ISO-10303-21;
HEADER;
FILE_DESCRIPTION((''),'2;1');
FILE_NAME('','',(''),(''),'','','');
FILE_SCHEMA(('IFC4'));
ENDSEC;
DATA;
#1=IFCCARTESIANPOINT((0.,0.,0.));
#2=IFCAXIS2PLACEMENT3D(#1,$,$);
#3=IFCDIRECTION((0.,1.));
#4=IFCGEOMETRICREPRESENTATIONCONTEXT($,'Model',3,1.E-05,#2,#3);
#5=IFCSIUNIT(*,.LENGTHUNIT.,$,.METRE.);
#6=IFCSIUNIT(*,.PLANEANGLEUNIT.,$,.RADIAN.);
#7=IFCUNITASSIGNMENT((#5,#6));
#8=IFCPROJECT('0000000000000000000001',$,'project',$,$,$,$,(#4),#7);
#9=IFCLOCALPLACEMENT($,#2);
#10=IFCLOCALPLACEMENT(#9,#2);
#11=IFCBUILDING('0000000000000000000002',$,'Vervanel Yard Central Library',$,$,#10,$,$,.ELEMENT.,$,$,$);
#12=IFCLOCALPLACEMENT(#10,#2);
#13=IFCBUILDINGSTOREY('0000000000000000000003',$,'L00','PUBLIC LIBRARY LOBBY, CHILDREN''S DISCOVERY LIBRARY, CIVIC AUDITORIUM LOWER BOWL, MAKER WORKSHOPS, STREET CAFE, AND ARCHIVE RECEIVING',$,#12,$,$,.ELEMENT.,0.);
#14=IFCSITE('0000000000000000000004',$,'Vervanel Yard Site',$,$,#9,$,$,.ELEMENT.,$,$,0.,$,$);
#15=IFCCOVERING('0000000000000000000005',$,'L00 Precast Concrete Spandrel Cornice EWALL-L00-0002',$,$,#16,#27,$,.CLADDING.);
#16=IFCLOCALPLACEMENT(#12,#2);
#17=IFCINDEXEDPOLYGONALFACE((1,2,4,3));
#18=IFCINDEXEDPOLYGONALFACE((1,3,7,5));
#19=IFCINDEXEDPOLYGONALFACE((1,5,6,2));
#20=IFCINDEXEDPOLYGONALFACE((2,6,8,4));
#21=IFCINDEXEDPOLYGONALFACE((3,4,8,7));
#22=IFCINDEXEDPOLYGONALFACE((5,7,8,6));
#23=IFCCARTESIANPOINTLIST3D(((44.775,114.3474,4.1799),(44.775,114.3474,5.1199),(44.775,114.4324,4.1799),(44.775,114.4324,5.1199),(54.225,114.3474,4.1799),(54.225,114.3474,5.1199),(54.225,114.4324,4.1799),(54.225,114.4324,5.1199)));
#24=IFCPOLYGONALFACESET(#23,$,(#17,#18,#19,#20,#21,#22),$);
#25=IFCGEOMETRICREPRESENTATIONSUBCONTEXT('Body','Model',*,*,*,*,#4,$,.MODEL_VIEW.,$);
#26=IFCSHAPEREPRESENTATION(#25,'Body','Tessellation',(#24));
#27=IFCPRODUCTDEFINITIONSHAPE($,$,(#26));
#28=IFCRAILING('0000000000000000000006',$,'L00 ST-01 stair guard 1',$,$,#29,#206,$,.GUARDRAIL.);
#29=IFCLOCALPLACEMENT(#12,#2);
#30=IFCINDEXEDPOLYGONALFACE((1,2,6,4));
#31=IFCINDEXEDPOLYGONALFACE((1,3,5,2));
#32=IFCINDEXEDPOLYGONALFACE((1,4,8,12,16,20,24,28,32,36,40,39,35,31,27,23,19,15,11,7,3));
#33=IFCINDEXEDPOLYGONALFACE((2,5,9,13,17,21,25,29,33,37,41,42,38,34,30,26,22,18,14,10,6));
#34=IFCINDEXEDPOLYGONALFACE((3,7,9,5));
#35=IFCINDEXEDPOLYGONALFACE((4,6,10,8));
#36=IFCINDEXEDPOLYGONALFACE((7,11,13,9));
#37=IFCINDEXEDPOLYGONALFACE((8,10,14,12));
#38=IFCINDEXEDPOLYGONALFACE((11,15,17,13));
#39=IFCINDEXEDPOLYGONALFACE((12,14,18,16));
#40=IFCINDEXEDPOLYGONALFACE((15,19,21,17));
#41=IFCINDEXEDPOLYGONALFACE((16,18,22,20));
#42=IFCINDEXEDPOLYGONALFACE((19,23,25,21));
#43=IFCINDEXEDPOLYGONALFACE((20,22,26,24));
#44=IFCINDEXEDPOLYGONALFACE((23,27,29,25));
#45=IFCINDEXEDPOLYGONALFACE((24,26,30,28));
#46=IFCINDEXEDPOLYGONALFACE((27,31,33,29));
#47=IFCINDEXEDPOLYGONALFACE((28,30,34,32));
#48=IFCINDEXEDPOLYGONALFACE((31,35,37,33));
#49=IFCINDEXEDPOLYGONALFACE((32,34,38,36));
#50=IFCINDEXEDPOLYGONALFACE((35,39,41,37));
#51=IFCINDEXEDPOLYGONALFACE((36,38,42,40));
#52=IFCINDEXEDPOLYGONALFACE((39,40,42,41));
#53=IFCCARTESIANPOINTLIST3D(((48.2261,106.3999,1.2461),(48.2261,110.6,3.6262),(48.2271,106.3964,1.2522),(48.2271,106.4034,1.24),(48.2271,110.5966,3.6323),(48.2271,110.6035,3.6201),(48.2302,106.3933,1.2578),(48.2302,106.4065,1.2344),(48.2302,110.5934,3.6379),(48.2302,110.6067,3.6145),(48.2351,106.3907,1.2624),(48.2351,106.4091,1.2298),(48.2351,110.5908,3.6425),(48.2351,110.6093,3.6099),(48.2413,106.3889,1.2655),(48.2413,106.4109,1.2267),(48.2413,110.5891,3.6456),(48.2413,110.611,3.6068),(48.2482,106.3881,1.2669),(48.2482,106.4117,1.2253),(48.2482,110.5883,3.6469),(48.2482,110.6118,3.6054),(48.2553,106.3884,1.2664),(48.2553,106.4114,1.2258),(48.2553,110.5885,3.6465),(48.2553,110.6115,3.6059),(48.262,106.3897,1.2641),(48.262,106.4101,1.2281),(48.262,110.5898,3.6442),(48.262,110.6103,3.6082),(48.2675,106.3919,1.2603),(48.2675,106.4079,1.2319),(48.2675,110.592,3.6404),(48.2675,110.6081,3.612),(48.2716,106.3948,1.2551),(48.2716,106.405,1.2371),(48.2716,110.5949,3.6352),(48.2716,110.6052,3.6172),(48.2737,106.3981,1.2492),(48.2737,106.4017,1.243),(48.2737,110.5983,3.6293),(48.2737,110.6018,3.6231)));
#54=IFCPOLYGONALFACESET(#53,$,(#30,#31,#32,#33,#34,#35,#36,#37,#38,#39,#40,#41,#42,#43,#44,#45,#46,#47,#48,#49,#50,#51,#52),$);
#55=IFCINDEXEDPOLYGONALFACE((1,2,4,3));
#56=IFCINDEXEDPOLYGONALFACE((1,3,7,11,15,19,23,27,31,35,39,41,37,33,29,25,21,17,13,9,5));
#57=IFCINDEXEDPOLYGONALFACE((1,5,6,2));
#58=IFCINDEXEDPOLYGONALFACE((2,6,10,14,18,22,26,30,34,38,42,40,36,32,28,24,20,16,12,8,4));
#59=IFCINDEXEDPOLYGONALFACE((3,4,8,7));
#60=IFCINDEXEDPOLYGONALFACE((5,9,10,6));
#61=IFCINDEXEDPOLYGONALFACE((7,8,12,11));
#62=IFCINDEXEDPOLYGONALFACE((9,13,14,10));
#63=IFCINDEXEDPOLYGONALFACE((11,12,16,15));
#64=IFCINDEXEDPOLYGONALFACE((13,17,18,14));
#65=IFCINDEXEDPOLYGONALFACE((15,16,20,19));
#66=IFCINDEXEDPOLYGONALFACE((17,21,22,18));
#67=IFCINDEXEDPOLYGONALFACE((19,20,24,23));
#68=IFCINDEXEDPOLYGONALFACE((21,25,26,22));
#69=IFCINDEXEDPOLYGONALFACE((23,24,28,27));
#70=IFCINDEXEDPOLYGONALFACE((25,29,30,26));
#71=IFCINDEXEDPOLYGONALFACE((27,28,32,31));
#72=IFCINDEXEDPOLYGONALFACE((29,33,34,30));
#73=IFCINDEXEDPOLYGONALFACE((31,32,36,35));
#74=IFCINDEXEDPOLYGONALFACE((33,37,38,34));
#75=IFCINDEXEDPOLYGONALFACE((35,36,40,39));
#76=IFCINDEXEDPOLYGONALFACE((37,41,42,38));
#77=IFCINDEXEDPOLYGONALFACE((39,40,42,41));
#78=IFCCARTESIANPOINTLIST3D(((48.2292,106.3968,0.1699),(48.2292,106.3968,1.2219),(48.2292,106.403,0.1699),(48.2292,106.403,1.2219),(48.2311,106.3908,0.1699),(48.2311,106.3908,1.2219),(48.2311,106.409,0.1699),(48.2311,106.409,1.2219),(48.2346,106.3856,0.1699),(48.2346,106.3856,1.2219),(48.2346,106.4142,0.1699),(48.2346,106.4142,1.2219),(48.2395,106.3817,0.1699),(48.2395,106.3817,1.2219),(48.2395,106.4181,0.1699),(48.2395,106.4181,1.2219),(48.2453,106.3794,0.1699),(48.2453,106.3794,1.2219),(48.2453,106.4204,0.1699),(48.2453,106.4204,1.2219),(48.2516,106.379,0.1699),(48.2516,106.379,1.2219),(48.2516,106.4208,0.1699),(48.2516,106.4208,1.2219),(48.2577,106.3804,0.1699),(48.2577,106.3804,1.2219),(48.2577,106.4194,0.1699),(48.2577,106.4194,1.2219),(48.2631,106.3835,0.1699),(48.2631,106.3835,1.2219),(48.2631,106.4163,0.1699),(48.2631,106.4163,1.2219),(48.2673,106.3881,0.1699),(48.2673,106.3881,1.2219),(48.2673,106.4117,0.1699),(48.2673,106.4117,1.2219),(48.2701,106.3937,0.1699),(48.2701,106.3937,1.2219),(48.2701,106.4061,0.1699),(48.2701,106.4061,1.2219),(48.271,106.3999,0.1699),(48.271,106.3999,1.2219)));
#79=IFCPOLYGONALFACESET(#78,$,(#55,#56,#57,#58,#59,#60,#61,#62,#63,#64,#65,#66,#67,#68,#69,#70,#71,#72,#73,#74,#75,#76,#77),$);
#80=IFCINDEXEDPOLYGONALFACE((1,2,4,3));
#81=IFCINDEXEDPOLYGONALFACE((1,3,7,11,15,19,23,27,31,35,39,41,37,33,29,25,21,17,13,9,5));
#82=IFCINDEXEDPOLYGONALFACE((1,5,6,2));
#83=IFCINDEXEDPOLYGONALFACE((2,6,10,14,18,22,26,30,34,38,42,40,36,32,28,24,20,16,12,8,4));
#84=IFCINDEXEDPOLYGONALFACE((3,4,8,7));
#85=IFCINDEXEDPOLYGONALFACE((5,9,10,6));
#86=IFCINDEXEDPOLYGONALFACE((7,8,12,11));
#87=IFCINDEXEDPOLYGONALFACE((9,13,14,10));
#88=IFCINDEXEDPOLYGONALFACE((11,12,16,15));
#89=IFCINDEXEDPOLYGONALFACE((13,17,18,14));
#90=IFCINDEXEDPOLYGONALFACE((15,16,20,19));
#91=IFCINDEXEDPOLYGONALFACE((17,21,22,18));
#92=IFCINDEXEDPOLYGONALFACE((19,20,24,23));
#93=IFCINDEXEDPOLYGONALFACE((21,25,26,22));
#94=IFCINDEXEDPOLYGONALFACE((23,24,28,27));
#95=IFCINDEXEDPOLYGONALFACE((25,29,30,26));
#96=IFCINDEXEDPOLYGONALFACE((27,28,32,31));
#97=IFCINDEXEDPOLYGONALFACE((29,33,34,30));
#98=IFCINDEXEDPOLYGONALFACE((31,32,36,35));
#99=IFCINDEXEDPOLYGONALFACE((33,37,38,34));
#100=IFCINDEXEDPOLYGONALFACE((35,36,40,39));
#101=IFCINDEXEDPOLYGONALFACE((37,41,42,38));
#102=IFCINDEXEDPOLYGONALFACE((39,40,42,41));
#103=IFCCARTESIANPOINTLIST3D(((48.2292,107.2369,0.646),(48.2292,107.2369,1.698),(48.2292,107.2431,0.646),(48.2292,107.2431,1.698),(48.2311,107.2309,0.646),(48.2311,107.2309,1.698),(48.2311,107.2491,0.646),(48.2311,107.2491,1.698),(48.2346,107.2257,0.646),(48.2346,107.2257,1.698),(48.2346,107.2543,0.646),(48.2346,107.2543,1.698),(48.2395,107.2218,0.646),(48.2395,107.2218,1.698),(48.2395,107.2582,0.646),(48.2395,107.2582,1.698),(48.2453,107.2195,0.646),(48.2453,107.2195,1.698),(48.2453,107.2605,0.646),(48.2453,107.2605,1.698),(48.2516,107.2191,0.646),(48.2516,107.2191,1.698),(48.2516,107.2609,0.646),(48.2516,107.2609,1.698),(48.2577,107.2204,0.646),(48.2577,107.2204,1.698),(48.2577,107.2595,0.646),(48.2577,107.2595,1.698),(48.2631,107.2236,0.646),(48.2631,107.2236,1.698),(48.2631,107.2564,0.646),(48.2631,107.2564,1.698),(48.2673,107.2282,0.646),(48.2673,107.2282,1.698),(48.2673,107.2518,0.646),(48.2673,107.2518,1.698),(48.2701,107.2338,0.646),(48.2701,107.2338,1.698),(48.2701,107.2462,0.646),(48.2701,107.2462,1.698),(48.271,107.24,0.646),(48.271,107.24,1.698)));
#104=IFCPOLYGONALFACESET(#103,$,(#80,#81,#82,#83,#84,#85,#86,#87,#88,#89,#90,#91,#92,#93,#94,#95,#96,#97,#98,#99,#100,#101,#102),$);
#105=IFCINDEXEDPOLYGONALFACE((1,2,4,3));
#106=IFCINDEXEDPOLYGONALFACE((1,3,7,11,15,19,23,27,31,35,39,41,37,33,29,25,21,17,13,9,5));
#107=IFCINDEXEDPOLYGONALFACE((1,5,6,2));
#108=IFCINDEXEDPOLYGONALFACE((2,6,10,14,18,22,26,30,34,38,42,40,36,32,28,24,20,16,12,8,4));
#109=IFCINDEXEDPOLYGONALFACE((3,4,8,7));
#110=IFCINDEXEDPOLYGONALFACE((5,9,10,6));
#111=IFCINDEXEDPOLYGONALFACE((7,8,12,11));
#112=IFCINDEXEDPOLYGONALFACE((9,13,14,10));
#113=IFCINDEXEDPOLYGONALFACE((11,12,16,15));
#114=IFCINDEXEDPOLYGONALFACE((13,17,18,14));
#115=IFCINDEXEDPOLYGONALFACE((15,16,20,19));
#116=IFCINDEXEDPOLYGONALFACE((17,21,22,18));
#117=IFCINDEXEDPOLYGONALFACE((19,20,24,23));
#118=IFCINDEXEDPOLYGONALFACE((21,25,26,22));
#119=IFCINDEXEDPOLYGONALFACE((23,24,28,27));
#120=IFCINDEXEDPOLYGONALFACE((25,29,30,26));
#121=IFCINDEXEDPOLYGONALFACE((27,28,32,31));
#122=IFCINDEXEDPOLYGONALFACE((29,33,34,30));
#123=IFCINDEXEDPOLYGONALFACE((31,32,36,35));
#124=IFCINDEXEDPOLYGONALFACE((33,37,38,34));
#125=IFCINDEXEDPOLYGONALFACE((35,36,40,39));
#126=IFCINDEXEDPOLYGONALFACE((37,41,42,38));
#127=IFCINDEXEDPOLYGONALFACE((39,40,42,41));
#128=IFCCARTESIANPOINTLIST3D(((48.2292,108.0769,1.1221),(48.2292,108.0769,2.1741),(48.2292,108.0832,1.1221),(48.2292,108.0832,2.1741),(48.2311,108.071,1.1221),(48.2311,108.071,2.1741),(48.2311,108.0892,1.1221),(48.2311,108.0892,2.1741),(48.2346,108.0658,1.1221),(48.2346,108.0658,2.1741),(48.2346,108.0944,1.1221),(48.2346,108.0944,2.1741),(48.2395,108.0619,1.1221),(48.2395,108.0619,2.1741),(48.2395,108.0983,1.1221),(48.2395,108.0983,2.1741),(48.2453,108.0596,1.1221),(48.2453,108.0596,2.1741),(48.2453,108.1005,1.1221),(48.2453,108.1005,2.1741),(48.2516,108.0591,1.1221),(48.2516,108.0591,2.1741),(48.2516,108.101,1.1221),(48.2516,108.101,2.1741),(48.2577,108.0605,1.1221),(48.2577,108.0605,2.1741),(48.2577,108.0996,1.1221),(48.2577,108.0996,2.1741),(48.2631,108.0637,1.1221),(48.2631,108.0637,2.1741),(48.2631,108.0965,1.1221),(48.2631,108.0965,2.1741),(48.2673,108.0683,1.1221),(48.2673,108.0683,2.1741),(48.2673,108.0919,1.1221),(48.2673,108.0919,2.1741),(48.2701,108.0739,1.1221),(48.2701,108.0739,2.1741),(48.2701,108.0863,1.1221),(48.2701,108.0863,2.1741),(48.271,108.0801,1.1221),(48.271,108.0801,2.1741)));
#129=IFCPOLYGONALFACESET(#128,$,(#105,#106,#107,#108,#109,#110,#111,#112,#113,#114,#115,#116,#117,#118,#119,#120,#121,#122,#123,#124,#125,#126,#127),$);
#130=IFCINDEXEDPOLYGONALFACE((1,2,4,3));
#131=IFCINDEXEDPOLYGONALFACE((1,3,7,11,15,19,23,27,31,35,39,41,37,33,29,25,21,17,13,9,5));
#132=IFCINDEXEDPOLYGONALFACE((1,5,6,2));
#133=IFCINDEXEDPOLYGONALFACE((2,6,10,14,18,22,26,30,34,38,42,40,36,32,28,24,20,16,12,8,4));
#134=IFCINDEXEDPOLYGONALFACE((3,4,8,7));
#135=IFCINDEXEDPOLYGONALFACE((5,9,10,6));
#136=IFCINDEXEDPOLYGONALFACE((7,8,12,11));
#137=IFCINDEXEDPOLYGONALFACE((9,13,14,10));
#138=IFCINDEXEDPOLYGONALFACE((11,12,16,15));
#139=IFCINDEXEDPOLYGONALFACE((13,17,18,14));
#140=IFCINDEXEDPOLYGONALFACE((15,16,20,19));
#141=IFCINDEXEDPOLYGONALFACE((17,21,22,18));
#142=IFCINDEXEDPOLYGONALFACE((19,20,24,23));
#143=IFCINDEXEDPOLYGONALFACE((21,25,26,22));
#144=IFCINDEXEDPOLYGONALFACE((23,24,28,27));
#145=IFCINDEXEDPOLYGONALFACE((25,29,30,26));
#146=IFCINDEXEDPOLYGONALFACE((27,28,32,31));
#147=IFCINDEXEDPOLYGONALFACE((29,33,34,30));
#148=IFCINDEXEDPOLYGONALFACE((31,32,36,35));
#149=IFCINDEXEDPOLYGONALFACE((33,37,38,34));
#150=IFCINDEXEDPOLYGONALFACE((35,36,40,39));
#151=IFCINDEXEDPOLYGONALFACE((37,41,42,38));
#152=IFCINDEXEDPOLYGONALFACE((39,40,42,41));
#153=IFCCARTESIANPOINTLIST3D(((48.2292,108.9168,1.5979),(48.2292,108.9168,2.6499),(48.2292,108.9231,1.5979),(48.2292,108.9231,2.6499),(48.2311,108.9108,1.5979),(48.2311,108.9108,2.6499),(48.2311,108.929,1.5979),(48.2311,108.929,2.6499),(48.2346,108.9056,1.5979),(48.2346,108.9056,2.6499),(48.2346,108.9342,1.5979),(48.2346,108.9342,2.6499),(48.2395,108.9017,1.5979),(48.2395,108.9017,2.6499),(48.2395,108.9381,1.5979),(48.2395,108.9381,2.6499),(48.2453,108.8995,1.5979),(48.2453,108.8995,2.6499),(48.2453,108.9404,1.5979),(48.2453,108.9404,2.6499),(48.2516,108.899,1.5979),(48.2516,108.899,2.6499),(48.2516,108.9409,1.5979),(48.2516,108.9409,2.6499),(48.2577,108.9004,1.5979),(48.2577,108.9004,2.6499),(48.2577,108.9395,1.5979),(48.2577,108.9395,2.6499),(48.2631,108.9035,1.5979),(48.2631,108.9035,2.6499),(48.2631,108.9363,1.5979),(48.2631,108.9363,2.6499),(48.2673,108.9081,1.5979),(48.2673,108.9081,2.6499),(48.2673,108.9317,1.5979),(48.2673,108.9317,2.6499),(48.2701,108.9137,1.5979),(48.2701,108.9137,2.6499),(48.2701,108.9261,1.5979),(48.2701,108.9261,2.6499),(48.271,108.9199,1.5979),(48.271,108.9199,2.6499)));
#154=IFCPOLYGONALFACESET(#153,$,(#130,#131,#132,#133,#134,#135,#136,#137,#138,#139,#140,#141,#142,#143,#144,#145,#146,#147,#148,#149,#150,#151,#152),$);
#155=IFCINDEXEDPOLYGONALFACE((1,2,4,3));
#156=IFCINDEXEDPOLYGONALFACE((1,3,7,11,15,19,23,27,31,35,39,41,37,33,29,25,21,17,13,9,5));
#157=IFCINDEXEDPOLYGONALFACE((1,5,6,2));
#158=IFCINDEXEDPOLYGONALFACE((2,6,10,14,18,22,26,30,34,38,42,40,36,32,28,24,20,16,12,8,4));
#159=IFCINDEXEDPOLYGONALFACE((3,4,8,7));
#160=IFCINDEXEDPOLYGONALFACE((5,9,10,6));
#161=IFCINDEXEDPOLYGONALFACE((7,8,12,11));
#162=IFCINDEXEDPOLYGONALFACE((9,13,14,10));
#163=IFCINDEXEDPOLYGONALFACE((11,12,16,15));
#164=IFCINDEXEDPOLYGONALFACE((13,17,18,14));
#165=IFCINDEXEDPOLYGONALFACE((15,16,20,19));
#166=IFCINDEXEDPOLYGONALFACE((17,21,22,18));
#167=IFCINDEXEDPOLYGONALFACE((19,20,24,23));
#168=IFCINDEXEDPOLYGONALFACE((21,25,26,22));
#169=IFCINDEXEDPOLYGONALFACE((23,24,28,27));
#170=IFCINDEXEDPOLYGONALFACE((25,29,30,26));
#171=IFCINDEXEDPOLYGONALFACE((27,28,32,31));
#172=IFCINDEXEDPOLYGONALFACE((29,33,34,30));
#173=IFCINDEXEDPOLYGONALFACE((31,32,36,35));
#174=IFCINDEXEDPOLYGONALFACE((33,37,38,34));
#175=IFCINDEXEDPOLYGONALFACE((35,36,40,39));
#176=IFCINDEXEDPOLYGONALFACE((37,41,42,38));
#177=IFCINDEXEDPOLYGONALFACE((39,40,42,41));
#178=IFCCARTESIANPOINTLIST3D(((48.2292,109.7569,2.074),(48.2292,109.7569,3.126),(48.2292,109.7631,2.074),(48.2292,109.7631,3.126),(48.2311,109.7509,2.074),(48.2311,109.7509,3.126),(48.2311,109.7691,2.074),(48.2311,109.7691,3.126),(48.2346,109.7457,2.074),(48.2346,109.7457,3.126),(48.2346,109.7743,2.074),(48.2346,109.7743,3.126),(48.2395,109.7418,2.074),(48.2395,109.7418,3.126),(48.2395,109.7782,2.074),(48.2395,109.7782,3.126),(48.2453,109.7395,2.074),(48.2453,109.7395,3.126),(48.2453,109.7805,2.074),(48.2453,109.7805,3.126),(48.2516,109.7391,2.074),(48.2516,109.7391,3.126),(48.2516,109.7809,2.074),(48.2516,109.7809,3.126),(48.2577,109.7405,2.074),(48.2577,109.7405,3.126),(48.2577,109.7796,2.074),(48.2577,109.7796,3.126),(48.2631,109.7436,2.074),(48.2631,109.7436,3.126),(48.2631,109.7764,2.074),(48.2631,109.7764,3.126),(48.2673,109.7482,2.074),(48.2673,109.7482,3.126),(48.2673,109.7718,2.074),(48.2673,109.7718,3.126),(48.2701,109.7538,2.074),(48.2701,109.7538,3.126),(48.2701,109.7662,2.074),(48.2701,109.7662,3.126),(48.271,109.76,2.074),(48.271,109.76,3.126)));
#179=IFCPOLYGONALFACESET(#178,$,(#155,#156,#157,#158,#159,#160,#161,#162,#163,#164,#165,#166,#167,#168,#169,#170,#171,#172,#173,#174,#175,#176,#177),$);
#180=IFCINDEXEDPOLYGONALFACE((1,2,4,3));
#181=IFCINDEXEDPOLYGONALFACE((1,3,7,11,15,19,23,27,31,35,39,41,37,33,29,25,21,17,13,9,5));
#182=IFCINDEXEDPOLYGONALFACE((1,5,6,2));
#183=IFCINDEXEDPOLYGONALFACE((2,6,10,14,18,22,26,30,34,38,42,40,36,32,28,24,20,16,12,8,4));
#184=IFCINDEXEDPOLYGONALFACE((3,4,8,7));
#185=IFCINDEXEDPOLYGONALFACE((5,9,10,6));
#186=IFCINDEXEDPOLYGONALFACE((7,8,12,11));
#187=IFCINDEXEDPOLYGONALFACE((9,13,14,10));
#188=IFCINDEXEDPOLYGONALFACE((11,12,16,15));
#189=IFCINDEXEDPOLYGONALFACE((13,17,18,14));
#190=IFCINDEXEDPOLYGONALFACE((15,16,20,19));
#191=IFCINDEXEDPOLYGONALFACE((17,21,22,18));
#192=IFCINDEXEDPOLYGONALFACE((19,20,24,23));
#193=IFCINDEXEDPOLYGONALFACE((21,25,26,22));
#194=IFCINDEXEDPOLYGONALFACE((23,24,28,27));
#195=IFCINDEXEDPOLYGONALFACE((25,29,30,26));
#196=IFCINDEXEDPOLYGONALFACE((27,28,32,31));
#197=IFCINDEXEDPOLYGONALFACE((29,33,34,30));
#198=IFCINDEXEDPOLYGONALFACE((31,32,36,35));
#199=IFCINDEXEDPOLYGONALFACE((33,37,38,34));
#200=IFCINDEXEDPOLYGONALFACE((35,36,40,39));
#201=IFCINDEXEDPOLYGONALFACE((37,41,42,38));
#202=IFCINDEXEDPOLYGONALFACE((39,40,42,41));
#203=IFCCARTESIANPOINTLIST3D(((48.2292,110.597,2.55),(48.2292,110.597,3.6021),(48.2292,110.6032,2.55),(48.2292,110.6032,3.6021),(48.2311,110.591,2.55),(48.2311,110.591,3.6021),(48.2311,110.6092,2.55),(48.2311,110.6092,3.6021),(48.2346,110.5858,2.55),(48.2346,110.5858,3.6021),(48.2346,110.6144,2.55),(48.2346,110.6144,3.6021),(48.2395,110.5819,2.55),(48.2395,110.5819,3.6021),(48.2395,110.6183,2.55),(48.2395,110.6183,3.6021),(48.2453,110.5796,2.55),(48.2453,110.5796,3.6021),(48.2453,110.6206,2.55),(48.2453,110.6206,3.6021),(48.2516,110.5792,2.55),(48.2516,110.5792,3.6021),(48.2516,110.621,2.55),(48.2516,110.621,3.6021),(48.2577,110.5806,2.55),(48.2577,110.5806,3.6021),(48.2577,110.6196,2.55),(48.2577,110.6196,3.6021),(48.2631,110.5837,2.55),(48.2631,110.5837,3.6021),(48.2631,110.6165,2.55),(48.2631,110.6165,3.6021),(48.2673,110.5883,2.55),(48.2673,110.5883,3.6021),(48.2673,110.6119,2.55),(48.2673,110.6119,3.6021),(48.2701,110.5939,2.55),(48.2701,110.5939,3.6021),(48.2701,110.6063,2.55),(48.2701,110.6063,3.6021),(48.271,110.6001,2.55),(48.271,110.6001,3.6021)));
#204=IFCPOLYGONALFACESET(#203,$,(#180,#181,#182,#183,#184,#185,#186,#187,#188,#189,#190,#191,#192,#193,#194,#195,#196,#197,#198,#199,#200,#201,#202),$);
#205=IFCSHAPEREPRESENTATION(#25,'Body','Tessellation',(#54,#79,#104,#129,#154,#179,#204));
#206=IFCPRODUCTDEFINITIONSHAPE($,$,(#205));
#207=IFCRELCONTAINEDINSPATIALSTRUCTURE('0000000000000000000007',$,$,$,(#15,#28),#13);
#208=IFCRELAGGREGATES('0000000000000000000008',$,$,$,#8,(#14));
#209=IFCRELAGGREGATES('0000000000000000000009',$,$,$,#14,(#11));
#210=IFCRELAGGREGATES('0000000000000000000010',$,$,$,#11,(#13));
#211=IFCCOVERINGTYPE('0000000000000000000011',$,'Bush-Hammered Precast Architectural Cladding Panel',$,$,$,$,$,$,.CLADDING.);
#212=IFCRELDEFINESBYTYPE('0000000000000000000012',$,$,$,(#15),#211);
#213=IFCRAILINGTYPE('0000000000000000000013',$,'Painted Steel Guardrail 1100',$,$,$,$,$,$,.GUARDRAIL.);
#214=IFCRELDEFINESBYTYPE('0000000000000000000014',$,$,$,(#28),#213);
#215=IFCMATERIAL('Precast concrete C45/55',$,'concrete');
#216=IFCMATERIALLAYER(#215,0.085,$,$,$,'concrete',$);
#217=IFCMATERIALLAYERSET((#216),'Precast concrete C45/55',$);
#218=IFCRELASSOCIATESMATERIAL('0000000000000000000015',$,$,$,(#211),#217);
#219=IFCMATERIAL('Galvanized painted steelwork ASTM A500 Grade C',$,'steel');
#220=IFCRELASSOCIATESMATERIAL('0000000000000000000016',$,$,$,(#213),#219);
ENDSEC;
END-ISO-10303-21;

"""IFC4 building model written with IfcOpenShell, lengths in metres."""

from ifc_helpers import new_model, si_unit, direction, frame, origin, origin_2d, place, context, subcontext, project, spatial, rectangle, circle, extrude, material, layer, layer_set, type_object, element, save


model = new_model("IFC4")

# Units and contexts
model_context = context("Model", 3, precision=1e-05, world=origin(), true_north=direction((0.0, 1.0)))
body_context = subcontext(model_context, "Body", "Model", "MODEL_VIEW")
ifc_project = project(units=[si_unit("LENGTHUNIT", "METRE"), si_unit("PLANEANGLEUNIT", "RADIAN")], contexts=[model_context])

# Site, building, storey
site_placement = place(None, origin())
site = spatial("IfcSite", under=ifc_project, at=site_placement, Name="Vervanel Yard Site", CompositionType="ELEMENT", RefElevation=0.0)
building_placement = place(site_placement, origin())
building = spatial("IfcBuilding", under=site, at=building_placement, Name="Vervanel Yard Central Library", CompositionType="ELEMENT")
storey_placement = place(building_placement, origin())
storey = spatial("IfcBuildingStorey", under=building, at=storey_placement, Name="L00", Description="PUBLIC LIBRARY LOBBY, CHILDREN'S DISCOVERY LIBRARY, CIVIC AUDITORIUM LOWER BOWL, MAKER WORKSHOPS, STREET CAFE, AND ARCHIVE RECEIVING", CompositionType="ELEMENT", Elevation=0.0)

# Covering
ifc_material_1 = material(Name="Precast concrete C45/55", Category="concrete")
ifc_layer_1 = layer(ifc_material_1, 0.085, Category="concrete")
ifc_layer_set_1 = layer_set([ifc_layer_1], Name="Precast concrete C45/55")
covering_type = type_object("IfcCoveringType", Name="Bush-Hammered Precast Architectural Cladding Panel", PredefinedType="CLADDING", material=ifc_layer_set_1)
covering_1_placement = place(storey_placement, frame((49.5, 114.3899, 4.1799), z_axis=(0.0, 0.0, 1.0), x_axis=(1.0, 0.0, 0.0)))
element("IfcCovering", 1, at=covering_1_placement, inside=storey, type_object=covering_type, Name="L00 Precast Concrete Spandrel Cornice EWALL-L00-0002", PredefinedType="CLADDING", context=body_context, shape_type="SweptSolid", body=[
    extrude(rectangle(XDim=9.45, YDim=0.085, at=origin_2d()), origin(), (0.0, 0.0, 1.0), 0.9399),
])

# Railing
ifc_material_2 = material(Name="Galvanized painted steelwork ASTM A500 Grade C", Category="steel")
railing_type_1 = type_object("IfcRailingType", Name="Painted Steel Guardrail 1100", PredefinedType="GUARDRAIL", material=ifc_material_2)
railing_1_placement = place(storey_placement, frame((48.25, 106.3999, 0.1699)))
element("IfcRailing", 2, at=railing_1_placement, inside=storey, type_object=railing_type_1, Name="L00 ST-01 stair guard 1", PredefinedType="GUARDRAIL", context=body_context, shape_type="SweptSolid", body=[
    extrude(circle(Radius=0.0239, at=origin_2d()), frame((0.0, 0.0, 1.0762), z_axis=(0.0, 0.870021, 0.493015), x_axis=(-1.0, 0.0, 0.0)), (0.0, 0.0, 1.0), 4.8276),
    extrude(circle(Radius=0.021, at=origin_2d()), origin(), (0.0, 0.0, 1.0), 1.052),
    extrude(circle(Radius=0.021, at=origin_2d()), frame((0.0, 0.8401, 0.4761)), (0.0, 0.0, 1.0), 1.052),
    extrude(circle(Radius=0.021, at=origin_2d()), frame((0.0, 1.6802, 0.9521)), (0.0, 0.0, 1.0), 1.052),
    extrude(circle(Radius=0.021, at=origin_2d()), frame((0.0, 2.52, 1.428)), (0.0, 0.0, 1.0), 1.052),
    extrude(circle(Radius=0.021, at=origin_2d()), frame((0.0, 3.3601, 1.9041)), (0.0, 0.0, 1.0), 1.052),
    extrude(circle(Radius=0.021, at=origin_2d()), frame((0.0, 4.2002, 2.3801)), (0.0, 0.0, 1.0), 1.052),
])

save(model, "model.ifc")
